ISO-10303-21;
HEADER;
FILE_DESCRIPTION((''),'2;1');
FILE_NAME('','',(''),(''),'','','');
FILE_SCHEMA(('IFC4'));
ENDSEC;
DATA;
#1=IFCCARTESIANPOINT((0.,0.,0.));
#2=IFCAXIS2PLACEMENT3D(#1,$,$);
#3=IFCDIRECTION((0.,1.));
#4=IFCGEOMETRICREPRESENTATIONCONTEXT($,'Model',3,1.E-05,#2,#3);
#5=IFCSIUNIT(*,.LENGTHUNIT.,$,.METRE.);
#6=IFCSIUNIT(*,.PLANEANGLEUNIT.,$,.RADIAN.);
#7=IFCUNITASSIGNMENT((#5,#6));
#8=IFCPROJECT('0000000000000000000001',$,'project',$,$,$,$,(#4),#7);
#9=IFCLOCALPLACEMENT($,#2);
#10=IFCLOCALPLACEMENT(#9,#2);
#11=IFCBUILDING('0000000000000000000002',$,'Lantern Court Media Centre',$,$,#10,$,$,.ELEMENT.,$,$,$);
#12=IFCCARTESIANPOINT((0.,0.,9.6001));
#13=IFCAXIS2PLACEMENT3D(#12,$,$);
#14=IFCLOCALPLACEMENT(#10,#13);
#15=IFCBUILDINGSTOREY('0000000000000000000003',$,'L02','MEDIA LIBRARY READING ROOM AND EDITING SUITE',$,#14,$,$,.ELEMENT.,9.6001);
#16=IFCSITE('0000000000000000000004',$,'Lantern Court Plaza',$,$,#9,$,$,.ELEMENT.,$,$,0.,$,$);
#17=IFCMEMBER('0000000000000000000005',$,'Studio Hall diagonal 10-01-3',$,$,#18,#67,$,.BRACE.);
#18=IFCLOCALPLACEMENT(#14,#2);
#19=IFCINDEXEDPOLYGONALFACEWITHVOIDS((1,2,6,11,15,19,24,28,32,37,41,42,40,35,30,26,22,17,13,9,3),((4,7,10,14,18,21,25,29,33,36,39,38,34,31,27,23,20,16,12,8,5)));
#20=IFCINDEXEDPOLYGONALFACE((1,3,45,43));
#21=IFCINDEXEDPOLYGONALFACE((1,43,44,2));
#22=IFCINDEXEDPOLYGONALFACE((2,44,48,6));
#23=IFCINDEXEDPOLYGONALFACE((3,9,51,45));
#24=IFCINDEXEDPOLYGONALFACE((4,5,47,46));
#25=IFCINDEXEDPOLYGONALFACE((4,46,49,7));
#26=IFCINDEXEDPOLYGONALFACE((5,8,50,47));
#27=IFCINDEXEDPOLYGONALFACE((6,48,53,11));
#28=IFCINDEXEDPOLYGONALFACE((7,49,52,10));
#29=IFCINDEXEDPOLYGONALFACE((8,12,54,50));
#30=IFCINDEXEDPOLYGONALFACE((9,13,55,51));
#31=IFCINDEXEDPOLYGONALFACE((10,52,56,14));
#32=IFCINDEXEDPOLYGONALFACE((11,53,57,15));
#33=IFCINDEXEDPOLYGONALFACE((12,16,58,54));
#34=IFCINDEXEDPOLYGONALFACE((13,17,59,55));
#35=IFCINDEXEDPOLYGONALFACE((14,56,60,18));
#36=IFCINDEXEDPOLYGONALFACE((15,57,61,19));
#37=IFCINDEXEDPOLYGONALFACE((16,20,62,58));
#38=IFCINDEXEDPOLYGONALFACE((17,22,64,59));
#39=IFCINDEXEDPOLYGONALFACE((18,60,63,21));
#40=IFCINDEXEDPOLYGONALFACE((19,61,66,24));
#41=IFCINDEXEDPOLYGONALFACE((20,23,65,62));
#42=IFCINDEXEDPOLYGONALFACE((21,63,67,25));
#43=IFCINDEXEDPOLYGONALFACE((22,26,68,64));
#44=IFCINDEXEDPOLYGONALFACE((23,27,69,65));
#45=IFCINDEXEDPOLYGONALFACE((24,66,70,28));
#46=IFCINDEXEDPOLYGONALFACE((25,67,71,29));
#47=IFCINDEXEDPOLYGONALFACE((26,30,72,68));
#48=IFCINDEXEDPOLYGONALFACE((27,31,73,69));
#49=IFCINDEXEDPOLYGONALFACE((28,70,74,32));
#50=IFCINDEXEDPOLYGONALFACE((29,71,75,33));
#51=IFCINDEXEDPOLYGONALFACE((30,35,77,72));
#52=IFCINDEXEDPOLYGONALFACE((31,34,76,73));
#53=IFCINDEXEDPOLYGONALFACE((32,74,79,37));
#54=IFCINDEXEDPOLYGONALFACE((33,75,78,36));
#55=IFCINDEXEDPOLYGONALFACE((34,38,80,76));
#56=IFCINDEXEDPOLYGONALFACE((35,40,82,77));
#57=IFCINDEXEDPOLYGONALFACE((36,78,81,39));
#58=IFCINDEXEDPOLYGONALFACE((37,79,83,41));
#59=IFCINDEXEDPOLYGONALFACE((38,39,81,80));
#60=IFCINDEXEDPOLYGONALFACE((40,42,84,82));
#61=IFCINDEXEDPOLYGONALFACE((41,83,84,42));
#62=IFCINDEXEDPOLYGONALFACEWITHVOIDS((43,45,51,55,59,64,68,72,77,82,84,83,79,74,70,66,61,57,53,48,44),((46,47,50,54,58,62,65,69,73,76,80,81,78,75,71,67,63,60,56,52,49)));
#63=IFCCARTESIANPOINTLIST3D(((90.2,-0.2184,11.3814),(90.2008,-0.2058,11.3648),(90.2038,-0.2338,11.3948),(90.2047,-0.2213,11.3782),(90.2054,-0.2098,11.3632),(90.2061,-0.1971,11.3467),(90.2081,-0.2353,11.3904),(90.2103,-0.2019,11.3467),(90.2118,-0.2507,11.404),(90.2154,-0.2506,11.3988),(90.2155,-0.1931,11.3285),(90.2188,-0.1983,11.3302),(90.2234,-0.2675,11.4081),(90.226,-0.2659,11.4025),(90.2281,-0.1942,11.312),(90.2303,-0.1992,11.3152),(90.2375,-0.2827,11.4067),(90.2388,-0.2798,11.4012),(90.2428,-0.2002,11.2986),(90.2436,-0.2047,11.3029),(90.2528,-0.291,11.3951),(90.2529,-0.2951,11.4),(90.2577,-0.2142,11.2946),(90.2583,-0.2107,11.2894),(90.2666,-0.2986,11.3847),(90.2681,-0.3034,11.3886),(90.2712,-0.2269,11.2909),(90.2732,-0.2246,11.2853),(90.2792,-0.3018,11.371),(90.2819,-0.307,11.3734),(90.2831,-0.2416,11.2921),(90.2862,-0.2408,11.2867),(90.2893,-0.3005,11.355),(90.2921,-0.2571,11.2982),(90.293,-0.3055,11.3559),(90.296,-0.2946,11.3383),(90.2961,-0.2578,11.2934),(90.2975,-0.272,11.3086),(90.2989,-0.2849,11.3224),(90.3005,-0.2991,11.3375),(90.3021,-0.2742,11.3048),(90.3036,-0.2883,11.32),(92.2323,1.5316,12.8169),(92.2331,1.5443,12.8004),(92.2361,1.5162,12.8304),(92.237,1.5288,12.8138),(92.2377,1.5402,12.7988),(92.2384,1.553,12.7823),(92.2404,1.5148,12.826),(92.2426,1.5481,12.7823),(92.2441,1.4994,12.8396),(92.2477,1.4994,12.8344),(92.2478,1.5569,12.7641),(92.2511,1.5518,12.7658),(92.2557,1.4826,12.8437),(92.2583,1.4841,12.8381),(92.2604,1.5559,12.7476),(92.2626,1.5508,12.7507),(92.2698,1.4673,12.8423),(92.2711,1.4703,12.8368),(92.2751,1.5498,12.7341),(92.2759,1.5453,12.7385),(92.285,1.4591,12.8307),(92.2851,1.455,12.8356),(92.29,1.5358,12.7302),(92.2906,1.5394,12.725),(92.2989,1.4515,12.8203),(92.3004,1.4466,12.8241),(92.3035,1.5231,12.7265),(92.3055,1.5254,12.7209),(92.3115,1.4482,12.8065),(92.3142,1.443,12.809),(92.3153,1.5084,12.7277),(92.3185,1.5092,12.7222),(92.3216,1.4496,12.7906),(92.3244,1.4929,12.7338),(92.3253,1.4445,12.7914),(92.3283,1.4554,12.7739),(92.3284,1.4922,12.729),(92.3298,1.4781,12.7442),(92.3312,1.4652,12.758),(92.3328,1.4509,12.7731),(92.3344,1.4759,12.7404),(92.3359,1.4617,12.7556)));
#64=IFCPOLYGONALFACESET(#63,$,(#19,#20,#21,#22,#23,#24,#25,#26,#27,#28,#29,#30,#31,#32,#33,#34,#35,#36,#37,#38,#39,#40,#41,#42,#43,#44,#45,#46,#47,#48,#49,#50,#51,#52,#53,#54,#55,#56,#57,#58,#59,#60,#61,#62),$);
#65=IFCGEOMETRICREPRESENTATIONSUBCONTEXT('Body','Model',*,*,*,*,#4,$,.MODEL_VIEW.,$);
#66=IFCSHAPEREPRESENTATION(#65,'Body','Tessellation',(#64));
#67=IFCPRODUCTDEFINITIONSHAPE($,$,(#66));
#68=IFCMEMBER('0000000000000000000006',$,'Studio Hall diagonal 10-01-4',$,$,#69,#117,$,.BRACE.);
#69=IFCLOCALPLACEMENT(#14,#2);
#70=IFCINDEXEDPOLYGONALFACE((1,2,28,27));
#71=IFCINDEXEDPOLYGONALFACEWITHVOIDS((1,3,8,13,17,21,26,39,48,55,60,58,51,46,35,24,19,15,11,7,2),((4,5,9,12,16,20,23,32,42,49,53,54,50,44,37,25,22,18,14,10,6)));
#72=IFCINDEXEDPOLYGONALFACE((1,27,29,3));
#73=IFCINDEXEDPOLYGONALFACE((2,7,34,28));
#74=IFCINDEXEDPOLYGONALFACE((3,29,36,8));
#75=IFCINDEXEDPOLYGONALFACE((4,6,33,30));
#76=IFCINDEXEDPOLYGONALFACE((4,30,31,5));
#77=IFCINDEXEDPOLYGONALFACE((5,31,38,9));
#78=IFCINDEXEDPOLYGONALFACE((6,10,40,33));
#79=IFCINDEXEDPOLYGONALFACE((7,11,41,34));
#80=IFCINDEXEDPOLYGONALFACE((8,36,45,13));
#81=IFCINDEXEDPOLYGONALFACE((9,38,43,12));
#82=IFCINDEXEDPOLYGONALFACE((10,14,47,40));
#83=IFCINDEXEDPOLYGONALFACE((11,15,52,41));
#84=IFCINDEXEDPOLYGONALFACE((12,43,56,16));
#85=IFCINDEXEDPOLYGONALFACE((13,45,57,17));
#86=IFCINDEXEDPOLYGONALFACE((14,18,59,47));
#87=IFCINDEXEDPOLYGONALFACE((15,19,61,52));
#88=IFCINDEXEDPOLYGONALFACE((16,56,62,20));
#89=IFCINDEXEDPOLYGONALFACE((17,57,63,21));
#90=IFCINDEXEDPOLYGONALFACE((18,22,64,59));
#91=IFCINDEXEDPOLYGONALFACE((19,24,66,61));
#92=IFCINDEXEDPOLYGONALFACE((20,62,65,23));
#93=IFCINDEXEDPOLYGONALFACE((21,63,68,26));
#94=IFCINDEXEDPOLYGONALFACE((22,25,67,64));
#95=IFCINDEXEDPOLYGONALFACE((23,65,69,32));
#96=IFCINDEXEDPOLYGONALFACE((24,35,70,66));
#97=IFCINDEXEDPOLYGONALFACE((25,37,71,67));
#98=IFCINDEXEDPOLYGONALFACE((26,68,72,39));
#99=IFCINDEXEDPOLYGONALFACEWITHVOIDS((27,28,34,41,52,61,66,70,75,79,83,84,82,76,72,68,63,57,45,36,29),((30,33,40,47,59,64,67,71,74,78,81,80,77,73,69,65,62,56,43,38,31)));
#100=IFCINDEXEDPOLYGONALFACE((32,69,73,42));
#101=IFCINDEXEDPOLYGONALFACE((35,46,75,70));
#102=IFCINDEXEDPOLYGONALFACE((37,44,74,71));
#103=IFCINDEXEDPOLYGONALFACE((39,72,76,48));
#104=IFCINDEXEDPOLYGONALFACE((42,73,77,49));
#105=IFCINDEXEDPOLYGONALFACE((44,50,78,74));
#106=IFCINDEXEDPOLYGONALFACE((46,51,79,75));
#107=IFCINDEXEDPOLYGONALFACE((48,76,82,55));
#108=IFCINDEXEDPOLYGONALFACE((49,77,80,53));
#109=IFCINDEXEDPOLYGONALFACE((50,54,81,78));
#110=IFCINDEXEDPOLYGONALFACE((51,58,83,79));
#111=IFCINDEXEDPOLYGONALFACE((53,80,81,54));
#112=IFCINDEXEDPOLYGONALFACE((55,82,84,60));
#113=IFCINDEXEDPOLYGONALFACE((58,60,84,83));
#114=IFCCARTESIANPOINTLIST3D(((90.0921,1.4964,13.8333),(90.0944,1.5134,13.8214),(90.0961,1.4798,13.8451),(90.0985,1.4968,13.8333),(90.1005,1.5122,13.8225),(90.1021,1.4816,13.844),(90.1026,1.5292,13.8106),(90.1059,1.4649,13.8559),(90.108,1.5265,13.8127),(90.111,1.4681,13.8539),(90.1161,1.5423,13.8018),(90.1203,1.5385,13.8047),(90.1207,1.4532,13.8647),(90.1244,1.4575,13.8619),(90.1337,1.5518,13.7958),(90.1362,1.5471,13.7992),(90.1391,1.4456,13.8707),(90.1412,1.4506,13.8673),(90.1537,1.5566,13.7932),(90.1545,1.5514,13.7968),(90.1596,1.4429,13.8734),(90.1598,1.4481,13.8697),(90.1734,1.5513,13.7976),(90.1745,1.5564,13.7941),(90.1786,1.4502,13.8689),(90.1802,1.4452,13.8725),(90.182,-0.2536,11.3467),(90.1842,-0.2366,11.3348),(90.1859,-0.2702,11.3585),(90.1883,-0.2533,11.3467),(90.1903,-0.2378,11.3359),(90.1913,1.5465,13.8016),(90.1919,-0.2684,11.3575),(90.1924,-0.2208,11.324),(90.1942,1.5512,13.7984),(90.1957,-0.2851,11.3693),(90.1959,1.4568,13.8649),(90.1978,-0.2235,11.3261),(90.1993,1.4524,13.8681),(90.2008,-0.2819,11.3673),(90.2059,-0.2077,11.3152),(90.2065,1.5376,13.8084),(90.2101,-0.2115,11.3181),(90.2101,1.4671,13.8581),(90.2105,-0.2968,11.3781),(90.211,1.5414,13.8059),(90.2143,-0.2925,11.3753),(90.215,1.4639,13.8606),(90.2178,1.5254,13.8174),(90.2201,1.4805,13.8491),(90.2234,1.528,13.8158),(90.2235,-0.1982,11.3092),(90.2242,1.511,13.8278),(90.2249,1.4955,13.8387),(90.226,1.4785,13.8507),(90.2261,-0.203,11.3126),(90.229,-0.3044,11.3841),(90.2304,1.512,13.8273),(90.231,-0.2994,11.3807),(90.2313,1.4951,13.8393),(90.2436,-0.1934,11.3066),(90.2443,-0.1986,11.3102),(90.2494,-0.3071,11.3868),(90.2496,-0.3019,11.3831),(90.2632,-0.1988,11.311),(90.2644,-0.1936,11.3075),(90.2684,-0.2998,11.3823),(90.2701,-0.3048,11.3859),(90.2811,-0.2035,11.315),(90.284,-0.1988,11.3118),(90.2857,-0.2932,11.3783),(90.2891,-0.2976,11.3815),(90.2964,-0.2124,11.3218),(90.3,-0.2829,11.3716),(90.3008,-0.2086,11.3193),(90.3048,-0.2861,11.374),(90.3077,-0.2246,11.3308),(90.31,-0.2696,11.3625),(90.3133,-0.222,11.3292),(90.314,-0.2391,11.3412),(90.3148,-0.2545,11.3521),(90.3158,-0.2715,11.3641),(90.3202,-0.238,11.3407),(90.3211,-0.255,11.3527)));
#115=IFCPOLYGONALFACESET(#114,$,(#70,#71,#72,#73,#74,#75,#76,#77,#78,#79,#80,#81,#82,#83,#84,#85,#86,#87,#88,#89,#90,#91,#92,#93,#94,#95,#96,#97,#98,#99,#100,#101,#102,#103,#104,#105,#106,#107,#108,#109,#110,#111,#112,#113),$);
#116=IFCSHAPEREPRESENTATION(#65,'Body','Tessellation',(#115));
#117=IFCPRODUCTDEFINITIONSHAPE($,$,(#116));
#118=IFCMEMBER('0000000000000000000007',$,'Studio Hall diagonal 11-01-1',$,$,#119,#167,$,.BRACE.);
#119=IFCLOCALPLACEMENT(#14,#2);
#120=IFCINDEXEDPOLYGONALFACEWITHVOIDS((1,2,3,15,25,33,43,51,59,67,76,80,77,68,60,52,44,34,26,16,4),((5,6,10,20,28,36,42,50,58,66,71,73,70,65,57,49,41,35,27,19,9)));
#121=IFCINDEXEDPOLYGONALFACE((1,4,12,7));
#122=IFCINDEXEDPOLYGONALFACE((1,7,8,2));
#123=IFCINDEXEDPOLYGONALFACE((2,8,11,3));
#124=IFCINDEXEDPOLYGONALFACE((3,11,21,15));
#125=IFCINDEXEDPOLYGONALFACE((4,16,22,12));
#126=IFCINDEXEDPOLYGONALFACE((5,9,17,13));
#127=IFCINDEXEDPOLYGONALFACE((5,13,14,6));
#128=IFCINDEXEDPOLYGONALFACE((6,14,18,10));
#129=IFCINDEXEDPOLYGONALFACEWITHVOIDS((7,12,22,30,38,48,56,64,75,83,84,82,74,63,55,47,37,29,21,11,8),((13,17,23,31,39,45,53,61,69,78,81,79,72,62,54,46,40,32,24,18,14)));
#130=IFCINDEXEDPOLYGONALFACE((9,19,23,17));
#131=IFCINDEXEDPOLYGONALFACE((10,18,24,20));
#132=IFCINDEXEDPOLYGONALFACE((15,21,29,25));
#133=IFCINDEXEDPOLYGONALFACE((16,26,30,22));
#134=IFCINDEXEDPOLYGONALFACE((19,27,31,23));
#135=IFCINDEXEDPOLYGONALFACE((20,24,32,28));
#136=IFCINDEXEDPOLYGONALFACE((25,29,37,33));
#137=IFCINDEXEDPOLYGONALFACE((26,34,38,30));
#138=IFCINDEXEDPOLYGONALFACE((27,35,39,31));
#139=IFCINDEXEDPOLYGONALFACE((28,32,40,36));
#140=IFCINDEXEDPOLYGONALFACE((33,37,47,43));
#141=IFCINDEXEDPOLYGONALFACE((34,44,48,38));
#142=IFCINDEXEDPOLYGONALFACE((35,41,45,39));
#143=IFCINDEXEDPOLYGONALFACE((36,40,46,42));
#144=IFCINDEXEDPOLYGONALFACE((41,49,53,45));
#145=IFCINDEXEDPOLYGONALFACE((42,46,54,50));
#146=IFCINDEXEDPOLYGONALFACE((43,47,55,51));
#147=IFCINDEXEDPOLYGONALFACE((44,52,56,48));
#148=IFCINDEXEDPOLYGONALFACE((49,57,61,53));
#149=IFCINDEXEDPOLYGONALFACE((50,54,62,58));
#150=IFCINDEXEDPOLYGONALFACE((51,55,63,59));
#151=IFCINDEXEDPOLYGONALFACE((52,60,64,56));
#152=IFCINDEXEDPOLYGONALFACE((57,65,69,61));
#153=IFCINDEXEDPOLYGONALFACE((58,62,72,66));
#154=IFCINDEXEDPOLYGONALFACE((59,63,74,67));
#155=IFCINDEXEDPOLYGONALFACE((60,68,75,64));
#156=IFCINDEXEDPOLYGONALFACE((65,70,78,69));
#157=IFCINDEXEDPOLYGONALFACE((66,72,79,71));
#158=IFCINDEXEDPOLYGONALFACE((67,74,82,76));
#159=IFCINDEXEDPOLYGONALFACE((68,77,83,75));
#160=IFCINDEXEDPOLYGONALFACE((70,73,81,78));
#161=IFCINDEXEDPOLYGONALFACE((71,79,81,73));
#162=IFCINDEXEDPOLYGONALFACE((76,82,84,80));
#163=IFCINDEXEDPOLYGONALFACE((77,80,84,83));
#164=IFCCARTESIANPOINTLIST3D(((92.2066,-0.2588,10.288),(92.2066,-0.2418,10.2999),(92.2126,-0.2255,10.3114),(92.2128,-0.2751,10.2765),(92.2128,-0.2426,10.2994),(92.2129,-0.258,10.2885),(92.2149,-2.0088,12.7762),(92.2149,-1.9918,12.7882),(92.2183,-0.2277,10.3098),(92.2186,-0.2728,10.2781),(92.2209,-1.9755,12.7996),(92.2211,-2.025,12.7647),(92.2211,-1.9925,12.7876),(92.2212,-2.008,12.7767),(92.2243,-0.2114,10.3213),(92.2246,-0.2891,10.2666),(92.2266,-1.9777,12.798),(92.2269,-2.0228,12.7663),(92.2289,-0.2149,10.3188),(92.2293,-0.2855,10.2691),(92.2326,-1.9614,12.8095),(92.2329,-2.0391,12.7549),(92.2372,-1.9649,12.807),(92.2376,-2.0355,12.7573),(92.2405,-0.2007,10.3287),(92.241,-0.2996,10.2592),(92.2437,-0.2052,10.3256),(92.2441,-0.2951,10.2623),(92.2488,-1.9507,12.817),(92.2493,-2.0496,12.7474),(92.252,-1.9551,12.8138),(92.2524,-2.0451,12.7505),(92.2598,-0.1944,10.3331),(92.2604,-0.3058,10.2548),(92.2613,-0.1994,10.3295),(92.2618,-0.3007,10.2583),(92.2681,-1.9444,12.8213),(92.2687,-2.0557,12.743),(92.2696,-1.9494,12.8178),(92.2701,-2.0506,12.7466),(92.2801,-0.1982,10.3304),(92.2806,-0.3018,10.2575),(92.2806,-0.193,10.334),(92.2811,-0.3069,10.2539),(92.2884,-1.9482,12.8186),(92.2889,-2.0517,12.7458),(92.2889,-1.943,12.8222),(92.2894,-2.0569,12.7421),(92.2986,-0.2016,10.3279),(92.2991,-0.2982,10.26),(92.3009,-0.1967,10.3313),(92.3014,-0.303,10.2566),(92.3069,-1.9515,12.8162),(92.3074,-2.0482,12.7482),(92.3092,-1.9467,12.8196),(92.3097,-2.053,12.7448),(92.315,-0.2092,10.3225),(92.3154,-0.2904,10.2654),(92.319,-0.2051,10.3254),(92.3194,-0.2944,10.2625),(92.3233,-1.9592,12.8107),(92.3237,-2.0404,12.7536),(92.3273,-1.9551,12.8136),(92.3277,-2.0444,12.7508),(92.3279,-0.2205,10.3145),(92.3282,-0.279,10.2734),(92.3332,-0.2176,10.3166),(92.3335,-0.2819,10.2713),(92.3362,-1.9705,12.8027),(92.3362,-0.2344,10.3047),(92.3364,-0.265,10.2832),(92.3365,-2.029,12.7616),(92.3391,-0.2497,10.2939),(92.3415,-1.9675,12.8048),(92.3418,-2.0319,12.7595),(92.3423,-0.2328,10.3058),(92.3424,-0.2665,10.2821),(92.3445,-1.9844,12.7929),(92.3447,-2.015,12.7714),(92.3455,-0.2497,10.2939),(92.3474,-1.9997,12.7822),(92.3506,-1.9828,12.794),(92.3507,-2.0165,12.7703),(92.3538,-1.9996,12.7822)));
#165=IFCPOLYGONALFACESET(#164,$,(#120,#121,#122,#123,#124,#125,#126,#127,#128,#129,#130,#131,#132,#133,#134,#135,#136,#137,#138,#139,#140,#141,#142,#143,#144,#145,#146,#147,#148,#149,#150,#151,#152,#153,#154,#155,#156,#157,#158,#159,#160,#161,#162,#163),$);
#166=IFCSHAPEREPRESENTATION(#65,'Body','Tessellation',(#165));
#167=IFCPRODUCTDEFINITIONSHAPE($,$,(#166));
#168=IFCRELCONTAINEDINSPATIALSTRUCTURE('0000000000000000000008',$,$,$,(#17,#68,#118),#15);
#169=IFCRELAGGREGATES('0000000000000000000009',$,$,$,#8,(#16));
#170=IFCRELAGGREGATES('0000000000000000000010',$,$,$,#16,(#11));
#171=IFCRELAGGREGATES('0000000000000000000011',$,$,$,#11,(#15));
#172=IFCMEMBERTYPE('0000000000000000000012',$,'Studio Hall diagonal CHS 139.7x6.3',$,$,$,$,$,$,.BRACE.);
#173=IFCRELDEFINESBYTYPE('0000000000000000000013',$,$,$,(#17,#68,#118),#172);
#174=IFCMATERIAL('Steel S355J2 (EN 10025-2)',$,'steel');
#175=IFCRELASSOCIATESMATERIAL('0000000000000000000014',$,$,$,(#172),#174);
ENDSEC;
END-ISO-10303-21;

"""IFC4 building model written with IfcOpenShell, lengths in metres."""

from ifc_helpers import new_model, si_unit, direction, frame, origin, origin_2d, place, context, subcontext, project, spatial, hollow_circle, extrude, material, material_profile, profile_set, type_object, element, save


model = new_model("IFC4")

# Units and contexts
model_context = context("Model", 3, precision=1e-05, world=origin(), true_north=direction((0.0, 1.0)))
body_context = subcontext(model_context, "Body", "Model", "MODEL_VIEW")
ifc_project = project(units=[si_unit("LENGTHUNIT", "METRE"), si_unit("PLANEANGLEUNIT", "RADIAN")], contexts=[model_context])

# Site, building, storey
site_placement = place(None, origin())
site = spatial("IfcSite", under=ifc_project, at=site_placement, Name="Lantern Court Plaza", CompositionType="ELEMENT", RefElevation=0.0)
building_placement = place(site_placement, origin())
building = spatial("IfcBuilding", under=site, at=building_placement, Name="Lantern Court Media Centre", CompositionType="ELEMENT")
storey_placement = place(building_placement, frame((0.0, 0.0, 9.6001)))
storey = spatial("IfcBuildingStorey", under=building, at=storey_placement, Name="L02", Description="MEDIA LIBRARY READING ROOM AND EDITING SUITE", CompositionType="ELEMENT", Elevation=9.6001)

# Members
ifc_material = material(Name="Steel S355J2 (EN 10025-2)", Category="steel")
ifc_material_profile_1 = material_profile(ifc_material, hollow_circle(Radius=0.0698, WallThickness=0.0063, at=origin_2d()), Name="Studio Hall diagonal CHS 139.7x6.3")
ifc_profile_set_1 = profile_set([ifc_material_profile_1], Name="Steel S355J2 (EN 10025-2)")
member_type_1 = type_object("IfcMemberType", Name="Studio Hall diagonal CHS 139.7x6.3", PredefinedType="BRACE", material=ifc_profile_set_1)
for number, where, z_axis, x_axis, name in (
    (1, (90.2517, -0.25, 11.3467), (0.668075, 0.575296, 0.471922), (-0.652529, 0.757764, 0.0), "Studio Hall diagonal 10-01-3"),
    (2, (90.2517, -0.25, 11.3467), (-0.029535, 0.575284, 0.81742), (-0.998685, -0.051272, 0.0), "Studio Hall diagonal 10-01-4"),
    (3, (92.2756, -0.25, 10.2939), (0.002729, -0.575269, 0.81796), (0.999989, 0.004743, 0.0), "Studio Hall diagonal 11-01-1"),
):
    element("IfcMember", number, at=place(storey_placement, frame(where, z_axis=z_axis, x_axis=x_axis)), inside=storey, type_object=member_type_1, Name=name, PredefinedType="BRACE", context=body_context, shape_type="SweptSolid", body=[
        extrude(hollow_circle(Radius=0.0698, WallThickness=0.0063, at=origin_2d()), origin(), (0.0, 0.0, 1.0), 3.042),
    ])

save(model, "model.ifc")
